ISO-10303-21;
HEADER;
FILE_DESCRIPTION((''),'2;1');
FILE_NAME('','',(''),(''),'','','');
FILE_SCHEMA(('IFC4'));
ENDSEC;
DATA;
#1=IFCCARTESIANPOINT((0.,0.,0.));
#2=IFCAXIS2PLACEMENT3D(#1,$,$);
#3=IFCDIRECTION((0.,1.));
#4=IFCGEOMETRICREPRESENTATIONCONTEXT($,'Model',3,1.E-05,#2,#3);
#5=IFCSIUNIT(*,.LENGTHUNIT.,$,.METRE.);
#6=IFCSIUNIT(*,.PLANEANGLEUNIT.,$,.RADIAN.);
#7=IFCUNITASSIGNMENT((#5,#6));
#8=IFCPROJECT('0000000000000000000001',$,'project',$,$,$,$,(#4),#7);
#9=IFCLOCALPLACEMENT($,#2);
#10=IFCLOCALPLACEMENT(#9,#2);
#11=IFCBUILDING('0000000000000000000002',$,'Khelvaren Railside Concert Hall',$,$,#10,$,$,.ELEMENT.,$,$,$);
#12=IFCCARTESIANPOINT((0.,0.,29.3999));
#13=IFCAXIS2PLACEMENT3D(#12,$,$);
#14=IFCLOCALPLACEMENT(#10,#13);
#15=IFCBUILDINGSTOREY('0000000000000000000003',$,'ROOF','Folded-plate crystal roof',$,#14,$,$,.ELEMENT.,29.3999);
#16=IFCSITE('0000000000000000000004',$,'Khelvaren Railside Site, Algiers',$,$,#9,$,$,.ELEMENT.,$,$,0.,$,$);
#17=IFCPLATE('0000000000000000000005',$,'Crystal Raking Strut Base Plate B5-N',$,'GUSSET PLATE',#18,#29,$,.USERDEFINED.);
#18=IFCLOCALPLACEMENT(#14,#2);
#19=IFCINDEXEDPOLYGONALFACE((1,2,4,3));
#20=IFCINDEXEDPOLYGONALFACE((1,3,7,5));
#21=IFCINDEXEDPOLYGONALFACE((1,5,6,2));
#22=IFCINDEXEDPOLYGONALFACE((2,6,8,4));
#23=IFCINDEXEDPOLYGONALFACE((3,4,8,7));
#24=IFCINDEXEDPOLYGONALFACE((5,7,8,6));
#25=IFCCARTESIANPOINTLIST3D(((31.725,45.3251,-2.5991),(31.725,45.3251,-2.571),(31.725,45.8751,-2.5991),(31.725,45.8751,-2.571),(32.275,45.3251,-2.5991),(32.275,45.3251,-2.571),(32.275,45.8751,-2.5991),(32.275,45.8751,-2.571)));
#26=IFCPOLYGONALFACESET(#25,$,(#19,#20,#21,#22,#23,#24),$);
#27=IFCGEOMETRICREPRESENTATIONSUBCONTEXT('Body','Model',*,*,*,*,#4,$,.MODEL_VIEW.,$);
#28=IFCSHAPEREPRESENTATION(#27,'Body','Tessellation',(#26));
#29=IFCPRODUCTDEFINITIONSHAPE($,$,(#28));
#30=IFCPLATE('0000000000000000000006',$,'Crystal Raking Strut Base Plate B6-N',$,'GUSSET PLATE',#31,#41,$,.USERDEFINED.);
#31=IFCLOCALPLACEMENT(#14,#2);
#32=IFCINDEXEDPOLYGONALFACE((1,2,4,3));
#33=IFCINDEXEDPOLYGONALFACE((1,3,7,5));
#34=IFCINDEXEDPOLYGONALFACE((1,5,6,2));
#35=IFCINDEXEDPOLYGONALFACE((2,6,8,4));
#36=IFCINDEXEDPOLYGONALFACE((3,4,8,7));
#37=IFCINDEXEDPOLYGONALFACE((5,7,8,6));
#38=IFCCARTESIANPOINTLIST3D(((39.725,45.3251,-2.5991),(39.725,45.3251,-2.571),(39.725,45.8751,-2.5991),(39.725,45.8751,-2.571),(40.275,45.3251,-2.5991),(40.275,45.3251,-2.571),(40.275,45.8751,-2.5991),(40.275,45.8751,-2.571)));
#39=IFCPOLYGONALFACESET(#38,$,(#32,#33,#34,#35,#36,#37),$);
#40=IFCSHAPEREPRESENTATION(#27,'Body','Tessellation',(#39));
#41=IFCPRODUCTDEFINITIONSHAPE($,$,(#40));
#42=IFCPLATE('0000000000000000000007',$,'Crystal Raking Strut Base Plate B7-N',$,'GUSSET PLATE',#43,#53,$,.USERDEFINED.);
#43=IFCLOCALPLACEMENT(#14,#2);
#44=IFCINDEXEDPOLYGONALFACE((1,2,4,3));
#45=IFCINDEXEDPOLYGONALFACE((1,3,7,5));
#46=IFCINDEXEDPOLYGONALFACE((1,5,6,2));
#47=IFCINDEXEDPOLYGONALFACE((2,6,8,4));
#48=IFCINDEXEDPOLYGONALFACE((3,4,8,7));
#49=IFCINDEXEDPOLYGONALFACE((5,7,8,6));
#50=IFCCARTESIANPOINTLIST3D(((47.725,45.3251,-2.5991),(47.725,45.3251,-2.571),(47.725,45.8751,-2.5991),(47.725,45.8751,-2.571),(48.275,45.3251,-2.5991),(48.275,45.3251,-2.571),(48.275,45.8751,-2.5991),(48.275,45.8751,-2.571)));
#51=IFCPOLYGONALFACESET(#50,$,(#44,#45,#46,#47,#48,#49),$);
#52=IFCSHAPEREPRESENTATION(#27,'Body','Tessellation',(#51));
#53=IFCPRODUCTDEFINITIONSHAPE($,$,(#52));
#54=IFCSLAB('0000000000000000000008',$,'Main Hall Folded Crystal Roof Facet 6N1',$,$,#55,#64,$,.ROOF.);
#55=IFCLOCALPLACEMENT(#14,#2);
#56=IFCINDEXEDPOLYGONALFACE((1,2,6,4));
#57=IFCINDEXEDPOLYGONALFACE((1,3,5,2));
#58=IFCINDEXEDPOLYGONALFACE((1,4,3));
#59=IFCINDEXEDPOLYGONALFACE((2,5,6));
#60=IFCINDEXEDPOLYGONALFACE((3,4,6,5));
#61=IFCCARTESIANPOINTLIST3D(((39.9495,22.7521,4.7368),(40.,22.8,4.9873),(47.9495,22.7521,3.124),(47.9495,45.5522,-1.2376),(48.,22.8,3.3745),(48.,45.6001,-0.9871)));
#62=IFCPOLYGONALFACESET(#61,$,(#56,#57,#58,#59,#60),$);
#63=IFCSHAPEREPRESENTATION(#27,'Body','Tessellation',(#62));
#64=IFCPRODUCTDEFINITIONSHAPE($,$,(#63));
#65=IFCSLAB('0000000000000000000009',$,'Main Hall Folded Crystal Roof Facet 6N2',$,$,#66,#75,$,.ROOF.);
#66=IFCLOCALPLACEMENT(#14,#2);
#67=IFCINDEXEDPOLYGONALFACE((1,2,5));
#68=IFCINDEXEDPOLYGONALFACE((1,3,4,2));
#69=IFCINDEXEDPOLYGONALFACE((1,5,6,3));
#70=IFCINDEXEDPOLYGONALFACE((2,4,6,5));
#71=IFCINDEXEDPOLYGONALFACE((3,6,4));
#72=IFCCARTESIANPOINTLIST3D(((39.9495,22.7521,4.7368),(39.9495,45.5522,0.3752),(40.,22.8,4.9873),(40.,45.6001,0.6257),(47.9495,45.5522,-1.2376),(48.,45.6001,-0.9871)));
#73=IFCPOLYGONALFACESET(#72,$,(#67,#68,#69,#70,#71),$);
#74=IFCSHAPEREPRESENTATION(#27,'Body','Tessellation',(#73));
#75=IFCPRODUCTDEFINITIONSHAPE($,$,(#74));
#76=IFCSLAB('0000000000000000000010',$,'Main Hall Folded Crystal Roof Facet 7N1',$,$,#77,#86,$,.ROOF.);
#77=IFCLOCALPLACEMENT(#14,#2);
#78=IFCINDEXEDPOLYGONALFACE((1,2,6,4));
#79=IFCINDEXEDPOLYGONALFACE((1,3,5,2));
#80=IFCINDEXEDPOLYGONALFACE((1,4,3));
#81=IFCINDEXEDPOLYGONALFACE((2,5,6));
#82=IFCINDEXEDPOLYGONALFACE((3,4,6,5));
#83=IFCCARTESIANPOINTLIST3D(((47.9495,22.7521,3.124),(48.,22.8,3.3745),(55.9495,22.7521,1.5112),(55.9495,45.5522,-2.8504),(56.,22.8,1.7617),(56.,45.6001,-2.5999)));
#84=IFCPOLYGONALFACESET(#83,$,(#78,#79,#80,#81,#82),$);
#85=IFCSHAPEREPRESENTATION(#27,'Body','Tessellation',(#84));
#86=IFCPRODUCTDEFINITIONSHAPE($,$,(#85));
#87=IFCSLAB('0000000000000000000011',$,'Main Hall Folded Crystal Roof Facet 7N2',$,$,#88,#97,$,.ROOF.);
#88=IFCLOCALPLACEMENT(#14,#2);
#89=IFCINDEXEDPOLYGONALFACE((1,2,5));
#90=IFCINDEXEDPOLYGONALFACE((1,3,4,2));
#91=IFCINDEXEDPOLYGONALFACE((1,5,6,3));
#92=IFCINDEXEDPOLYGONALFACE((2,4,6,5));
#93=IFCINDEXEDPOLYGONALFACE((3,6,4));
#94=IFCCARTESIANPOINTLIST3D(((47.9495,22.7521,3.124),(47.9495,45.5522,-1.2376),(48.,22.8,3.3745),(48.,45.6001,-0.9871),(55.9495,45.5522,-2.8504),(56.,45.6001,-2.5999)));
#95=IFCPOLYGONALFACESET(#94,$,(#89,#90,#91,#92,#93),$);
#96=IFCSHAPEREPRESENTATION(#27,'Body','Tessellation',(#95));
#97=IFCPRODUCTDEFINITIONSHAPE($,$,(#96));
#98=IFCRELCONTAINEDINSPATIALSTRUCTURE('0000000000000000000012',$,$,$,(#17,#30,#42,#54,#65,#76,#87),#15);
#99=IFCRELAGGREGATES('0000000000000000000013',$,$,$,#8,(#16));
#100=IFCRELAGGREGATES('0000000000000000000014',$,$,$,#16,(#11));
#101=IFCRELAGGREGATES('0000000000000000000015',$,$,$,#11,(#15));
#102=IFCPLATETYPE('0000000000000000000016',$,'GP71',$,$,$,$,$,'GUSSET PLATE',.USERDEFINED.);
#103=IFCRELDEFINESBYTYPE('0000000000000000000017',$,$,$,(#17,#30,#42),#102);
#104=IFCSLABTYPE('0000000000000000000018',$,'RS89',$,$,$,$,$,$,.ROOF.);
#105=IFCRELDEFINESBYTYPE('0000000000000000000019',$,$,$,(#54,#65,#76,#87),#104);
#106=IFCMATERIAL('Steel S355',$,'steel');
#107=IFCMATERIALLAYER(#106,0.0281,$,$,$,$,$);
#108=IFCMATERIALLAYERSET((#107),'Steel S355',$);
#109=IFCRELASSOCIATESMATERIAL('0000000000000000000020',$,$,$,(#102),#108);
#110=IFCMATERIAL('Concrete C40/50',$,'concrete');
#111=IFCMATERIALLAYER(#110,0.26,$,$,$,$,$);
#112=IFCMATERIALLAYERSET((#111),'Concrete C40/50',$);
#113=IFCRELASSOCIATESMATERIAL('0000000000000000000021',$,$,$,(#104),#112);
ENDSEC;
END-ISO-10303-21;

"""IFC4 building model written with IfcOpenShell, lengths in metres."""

from ifc_helpers import new_model, si_unit, direction, frame, origin, origin_2d, place, context, subcontext, project, spatial, polyline, rectangle, outline, extrude, material, layer, layer_set, type_object, element, save


model = new_model("IFC4")

# Units and contexts
model_context = context("Model", 3, precision=1e-05, world=origin(), true_north=direction((0.0, 1.0)))
body_context = subcontext(model_context, "Body", "Model", "MODEL_VIEW")
ifc_project = project(units=[si_unit("LENGTHUNIT", "METRE"), si_unit("PLANEANGLEUNIT", "RADIAN")], contexts=[model_context])

# Site, building, storey
site_placement = place(None, origin())
site = spatial("IfcSite", under=ifc_project, at=site_placement, Name="Khelvaren Railside Site, Algiers", CompositionType="ELEMENT", RefElevation=0.0)
building_placement = place(site_placement, origin())
building = spatial("IfcBuilding", under=site, at=building_placement, Name="Khelvaren Railside Concert Hall", CompositionType="ELEMENT")
storey_placement = place(building_placement, frame((0.0, 0.0, 29.3999)))
storey = spatial("IfcBuildingStorey", under=building, at=storey_placement, Name="ROOF", Description="Folded-plate crystal roof", CompositionType="ELEMENT", Elevation=29.3999)

# Shared definitions
ifc_material_1 = material(Name="Steel S355", Category="steel")

# Plates
ifc_layer_1 = layer(ifc_material_1, 0.0281)
ifc_layer_set_1 = layer_set([ifc_layer_1], Name="Steel S355")
plate_type = type_object("IfcPlateType", Name="GP71", ElementType="GUSSET PLATE", PredefinedType="USERDEFINED", material=ifc_layer_set_1)
for number, where, z_axis, x_axis, name in (
    (1, (32.0, 45.6001, -2.5991), (0.0, 0.0, 1.0), (1.0, 0.0, 0.0), "Crystal Raking Strut Base Plate B5-N"),
    (2, (40.0, 45.6001, -2.5991), (0.0, 0.0, 1.0), (1.0, 0.0, 0.0), "Crystal Raking Strut Base Plate B6-N"),
    (3, (48.0, 45.6001, -2.5991), (0.0, 0.0, 1.0), (1.0, 0.0, 0.0), "Crystal Raking Strut Base Plate B7-N"),
):
    element("IfcPlate", number, at=place(storey_placement, frame(where, z_axis=z_axis, x_axis=x_axis)), inside=storey, type_object=plate_type, Name=name, ObjectType="GUSSET PLATE", PredefinedType="USERDEFINED", context=body_context, shape_type="SweptSolid", body=[
        extrude(rectangle(XDim=0.55, YDim=0.55, at=origin_2d()), origin(), (0.0, 0.0, 1.0), 0.0281),
    ])

# Slabs
ifc_material_2 = material(Name="Concrete C40/50", Category="concrete")
ifc_layer_2 = layer(ifc_material_2, 0.26)
ifc_layer_set_2 = layer_set([ifc_layer_2], Name="Concrete C40/50")
slab_type = type_object("IfcSlabType", Name="RS89", PredefinedType="ROOF", material=ifc_layer_set_2)
slab_1_placement = place(storey_placement, frame((40.0, 22.8, 4.9873), z_axis=(0.194238, 0.184311, 0.963484), x_axis=(0.980278, 0.0, -0.197623)))
element("IfcSlab", 4, at=slab_1_placement, inside=storey, type_object=slab_type, Name="Main Hall Folded Crystal Roof Facet 6N1", PredefinedType="ROOF", context=body_context, shape_type="SweptSolid", body=[
    extrude(outline(polyline([(0.0, 0.0), (8.1609, 0.0), (9.0229, 23.1975), (0.0, 0.0)])), origin(), (0.0, 0.0, -1.0), 0.26),
])
slab_2_placement = place(storey_placement, frame((40.0, 22.8, 4.9873), z_axis=(0.194238, 0.184311, 0.963484), x_axis=(0.321408, 0.916015, -0.240026)))
element("IfcSlab", 5, at=slab_2_placement, inside=storey, type_object=slab_type, Name="Main Hall Folded Crystal Roof Facet 6N2", PredefinedType="ROOF", context=body_context, shape_type="SweptSolid", body=[
    extrude(outline(polyline([(0.0, 0.0), (24.8905, 0.0), (21.9321, 7.6059), (0.0, 0.0)])), origin(), (0.0, 0.0, -1.0), 0.26),
])
slab_3_placement = place(storey_placement, frame((48.0, 22.8, 3.3745), z_axis=(0.194238, 0.184311, 0.963484), x_axis=(0.980278, 0.0, -0.197623)))
element("IfcSlab", 6, at=slab_3_placement, inside=storey, type_object=slab_type, Name="Main Hall Folded Crystal Roof Facet 7N1", PredefinedType="ROOF", context=body_context, shape_type="SweptSolid", body=[
    extrude(outline(polyline([(0.0, 0.0), (8.1609, 0.0), (9.0229, 23.1975), (0.0, 0.0)])), origin(), (0.0, 0.0, -1.0), 0.26),
])
slab_4_placement = place(storey_placement, frame((48.0, 22.8, 3.3745), z_axis=(0.194238, 0.184311, 0.963484), x_axis=(0.321408, 0.916015, -0.240026)))
element("IfcSlab", 7, at=slab_4_placement, inside=storey, type_object=slab_type, Name="Main Hall Folded Crystal Roof Facet 7N2", PredefinedType="ROOF", context=body_context, shape_type="SweptSolid", body=[
    extrude(outline(polyline([(0.0, 0.0), (24.8905, 0.0), (21.9321, 7.6059), (0.0, 0.0)])), origin(), (0.0, 0.0, -1.0), 0.26),
])

save(model, "model.ifc")
